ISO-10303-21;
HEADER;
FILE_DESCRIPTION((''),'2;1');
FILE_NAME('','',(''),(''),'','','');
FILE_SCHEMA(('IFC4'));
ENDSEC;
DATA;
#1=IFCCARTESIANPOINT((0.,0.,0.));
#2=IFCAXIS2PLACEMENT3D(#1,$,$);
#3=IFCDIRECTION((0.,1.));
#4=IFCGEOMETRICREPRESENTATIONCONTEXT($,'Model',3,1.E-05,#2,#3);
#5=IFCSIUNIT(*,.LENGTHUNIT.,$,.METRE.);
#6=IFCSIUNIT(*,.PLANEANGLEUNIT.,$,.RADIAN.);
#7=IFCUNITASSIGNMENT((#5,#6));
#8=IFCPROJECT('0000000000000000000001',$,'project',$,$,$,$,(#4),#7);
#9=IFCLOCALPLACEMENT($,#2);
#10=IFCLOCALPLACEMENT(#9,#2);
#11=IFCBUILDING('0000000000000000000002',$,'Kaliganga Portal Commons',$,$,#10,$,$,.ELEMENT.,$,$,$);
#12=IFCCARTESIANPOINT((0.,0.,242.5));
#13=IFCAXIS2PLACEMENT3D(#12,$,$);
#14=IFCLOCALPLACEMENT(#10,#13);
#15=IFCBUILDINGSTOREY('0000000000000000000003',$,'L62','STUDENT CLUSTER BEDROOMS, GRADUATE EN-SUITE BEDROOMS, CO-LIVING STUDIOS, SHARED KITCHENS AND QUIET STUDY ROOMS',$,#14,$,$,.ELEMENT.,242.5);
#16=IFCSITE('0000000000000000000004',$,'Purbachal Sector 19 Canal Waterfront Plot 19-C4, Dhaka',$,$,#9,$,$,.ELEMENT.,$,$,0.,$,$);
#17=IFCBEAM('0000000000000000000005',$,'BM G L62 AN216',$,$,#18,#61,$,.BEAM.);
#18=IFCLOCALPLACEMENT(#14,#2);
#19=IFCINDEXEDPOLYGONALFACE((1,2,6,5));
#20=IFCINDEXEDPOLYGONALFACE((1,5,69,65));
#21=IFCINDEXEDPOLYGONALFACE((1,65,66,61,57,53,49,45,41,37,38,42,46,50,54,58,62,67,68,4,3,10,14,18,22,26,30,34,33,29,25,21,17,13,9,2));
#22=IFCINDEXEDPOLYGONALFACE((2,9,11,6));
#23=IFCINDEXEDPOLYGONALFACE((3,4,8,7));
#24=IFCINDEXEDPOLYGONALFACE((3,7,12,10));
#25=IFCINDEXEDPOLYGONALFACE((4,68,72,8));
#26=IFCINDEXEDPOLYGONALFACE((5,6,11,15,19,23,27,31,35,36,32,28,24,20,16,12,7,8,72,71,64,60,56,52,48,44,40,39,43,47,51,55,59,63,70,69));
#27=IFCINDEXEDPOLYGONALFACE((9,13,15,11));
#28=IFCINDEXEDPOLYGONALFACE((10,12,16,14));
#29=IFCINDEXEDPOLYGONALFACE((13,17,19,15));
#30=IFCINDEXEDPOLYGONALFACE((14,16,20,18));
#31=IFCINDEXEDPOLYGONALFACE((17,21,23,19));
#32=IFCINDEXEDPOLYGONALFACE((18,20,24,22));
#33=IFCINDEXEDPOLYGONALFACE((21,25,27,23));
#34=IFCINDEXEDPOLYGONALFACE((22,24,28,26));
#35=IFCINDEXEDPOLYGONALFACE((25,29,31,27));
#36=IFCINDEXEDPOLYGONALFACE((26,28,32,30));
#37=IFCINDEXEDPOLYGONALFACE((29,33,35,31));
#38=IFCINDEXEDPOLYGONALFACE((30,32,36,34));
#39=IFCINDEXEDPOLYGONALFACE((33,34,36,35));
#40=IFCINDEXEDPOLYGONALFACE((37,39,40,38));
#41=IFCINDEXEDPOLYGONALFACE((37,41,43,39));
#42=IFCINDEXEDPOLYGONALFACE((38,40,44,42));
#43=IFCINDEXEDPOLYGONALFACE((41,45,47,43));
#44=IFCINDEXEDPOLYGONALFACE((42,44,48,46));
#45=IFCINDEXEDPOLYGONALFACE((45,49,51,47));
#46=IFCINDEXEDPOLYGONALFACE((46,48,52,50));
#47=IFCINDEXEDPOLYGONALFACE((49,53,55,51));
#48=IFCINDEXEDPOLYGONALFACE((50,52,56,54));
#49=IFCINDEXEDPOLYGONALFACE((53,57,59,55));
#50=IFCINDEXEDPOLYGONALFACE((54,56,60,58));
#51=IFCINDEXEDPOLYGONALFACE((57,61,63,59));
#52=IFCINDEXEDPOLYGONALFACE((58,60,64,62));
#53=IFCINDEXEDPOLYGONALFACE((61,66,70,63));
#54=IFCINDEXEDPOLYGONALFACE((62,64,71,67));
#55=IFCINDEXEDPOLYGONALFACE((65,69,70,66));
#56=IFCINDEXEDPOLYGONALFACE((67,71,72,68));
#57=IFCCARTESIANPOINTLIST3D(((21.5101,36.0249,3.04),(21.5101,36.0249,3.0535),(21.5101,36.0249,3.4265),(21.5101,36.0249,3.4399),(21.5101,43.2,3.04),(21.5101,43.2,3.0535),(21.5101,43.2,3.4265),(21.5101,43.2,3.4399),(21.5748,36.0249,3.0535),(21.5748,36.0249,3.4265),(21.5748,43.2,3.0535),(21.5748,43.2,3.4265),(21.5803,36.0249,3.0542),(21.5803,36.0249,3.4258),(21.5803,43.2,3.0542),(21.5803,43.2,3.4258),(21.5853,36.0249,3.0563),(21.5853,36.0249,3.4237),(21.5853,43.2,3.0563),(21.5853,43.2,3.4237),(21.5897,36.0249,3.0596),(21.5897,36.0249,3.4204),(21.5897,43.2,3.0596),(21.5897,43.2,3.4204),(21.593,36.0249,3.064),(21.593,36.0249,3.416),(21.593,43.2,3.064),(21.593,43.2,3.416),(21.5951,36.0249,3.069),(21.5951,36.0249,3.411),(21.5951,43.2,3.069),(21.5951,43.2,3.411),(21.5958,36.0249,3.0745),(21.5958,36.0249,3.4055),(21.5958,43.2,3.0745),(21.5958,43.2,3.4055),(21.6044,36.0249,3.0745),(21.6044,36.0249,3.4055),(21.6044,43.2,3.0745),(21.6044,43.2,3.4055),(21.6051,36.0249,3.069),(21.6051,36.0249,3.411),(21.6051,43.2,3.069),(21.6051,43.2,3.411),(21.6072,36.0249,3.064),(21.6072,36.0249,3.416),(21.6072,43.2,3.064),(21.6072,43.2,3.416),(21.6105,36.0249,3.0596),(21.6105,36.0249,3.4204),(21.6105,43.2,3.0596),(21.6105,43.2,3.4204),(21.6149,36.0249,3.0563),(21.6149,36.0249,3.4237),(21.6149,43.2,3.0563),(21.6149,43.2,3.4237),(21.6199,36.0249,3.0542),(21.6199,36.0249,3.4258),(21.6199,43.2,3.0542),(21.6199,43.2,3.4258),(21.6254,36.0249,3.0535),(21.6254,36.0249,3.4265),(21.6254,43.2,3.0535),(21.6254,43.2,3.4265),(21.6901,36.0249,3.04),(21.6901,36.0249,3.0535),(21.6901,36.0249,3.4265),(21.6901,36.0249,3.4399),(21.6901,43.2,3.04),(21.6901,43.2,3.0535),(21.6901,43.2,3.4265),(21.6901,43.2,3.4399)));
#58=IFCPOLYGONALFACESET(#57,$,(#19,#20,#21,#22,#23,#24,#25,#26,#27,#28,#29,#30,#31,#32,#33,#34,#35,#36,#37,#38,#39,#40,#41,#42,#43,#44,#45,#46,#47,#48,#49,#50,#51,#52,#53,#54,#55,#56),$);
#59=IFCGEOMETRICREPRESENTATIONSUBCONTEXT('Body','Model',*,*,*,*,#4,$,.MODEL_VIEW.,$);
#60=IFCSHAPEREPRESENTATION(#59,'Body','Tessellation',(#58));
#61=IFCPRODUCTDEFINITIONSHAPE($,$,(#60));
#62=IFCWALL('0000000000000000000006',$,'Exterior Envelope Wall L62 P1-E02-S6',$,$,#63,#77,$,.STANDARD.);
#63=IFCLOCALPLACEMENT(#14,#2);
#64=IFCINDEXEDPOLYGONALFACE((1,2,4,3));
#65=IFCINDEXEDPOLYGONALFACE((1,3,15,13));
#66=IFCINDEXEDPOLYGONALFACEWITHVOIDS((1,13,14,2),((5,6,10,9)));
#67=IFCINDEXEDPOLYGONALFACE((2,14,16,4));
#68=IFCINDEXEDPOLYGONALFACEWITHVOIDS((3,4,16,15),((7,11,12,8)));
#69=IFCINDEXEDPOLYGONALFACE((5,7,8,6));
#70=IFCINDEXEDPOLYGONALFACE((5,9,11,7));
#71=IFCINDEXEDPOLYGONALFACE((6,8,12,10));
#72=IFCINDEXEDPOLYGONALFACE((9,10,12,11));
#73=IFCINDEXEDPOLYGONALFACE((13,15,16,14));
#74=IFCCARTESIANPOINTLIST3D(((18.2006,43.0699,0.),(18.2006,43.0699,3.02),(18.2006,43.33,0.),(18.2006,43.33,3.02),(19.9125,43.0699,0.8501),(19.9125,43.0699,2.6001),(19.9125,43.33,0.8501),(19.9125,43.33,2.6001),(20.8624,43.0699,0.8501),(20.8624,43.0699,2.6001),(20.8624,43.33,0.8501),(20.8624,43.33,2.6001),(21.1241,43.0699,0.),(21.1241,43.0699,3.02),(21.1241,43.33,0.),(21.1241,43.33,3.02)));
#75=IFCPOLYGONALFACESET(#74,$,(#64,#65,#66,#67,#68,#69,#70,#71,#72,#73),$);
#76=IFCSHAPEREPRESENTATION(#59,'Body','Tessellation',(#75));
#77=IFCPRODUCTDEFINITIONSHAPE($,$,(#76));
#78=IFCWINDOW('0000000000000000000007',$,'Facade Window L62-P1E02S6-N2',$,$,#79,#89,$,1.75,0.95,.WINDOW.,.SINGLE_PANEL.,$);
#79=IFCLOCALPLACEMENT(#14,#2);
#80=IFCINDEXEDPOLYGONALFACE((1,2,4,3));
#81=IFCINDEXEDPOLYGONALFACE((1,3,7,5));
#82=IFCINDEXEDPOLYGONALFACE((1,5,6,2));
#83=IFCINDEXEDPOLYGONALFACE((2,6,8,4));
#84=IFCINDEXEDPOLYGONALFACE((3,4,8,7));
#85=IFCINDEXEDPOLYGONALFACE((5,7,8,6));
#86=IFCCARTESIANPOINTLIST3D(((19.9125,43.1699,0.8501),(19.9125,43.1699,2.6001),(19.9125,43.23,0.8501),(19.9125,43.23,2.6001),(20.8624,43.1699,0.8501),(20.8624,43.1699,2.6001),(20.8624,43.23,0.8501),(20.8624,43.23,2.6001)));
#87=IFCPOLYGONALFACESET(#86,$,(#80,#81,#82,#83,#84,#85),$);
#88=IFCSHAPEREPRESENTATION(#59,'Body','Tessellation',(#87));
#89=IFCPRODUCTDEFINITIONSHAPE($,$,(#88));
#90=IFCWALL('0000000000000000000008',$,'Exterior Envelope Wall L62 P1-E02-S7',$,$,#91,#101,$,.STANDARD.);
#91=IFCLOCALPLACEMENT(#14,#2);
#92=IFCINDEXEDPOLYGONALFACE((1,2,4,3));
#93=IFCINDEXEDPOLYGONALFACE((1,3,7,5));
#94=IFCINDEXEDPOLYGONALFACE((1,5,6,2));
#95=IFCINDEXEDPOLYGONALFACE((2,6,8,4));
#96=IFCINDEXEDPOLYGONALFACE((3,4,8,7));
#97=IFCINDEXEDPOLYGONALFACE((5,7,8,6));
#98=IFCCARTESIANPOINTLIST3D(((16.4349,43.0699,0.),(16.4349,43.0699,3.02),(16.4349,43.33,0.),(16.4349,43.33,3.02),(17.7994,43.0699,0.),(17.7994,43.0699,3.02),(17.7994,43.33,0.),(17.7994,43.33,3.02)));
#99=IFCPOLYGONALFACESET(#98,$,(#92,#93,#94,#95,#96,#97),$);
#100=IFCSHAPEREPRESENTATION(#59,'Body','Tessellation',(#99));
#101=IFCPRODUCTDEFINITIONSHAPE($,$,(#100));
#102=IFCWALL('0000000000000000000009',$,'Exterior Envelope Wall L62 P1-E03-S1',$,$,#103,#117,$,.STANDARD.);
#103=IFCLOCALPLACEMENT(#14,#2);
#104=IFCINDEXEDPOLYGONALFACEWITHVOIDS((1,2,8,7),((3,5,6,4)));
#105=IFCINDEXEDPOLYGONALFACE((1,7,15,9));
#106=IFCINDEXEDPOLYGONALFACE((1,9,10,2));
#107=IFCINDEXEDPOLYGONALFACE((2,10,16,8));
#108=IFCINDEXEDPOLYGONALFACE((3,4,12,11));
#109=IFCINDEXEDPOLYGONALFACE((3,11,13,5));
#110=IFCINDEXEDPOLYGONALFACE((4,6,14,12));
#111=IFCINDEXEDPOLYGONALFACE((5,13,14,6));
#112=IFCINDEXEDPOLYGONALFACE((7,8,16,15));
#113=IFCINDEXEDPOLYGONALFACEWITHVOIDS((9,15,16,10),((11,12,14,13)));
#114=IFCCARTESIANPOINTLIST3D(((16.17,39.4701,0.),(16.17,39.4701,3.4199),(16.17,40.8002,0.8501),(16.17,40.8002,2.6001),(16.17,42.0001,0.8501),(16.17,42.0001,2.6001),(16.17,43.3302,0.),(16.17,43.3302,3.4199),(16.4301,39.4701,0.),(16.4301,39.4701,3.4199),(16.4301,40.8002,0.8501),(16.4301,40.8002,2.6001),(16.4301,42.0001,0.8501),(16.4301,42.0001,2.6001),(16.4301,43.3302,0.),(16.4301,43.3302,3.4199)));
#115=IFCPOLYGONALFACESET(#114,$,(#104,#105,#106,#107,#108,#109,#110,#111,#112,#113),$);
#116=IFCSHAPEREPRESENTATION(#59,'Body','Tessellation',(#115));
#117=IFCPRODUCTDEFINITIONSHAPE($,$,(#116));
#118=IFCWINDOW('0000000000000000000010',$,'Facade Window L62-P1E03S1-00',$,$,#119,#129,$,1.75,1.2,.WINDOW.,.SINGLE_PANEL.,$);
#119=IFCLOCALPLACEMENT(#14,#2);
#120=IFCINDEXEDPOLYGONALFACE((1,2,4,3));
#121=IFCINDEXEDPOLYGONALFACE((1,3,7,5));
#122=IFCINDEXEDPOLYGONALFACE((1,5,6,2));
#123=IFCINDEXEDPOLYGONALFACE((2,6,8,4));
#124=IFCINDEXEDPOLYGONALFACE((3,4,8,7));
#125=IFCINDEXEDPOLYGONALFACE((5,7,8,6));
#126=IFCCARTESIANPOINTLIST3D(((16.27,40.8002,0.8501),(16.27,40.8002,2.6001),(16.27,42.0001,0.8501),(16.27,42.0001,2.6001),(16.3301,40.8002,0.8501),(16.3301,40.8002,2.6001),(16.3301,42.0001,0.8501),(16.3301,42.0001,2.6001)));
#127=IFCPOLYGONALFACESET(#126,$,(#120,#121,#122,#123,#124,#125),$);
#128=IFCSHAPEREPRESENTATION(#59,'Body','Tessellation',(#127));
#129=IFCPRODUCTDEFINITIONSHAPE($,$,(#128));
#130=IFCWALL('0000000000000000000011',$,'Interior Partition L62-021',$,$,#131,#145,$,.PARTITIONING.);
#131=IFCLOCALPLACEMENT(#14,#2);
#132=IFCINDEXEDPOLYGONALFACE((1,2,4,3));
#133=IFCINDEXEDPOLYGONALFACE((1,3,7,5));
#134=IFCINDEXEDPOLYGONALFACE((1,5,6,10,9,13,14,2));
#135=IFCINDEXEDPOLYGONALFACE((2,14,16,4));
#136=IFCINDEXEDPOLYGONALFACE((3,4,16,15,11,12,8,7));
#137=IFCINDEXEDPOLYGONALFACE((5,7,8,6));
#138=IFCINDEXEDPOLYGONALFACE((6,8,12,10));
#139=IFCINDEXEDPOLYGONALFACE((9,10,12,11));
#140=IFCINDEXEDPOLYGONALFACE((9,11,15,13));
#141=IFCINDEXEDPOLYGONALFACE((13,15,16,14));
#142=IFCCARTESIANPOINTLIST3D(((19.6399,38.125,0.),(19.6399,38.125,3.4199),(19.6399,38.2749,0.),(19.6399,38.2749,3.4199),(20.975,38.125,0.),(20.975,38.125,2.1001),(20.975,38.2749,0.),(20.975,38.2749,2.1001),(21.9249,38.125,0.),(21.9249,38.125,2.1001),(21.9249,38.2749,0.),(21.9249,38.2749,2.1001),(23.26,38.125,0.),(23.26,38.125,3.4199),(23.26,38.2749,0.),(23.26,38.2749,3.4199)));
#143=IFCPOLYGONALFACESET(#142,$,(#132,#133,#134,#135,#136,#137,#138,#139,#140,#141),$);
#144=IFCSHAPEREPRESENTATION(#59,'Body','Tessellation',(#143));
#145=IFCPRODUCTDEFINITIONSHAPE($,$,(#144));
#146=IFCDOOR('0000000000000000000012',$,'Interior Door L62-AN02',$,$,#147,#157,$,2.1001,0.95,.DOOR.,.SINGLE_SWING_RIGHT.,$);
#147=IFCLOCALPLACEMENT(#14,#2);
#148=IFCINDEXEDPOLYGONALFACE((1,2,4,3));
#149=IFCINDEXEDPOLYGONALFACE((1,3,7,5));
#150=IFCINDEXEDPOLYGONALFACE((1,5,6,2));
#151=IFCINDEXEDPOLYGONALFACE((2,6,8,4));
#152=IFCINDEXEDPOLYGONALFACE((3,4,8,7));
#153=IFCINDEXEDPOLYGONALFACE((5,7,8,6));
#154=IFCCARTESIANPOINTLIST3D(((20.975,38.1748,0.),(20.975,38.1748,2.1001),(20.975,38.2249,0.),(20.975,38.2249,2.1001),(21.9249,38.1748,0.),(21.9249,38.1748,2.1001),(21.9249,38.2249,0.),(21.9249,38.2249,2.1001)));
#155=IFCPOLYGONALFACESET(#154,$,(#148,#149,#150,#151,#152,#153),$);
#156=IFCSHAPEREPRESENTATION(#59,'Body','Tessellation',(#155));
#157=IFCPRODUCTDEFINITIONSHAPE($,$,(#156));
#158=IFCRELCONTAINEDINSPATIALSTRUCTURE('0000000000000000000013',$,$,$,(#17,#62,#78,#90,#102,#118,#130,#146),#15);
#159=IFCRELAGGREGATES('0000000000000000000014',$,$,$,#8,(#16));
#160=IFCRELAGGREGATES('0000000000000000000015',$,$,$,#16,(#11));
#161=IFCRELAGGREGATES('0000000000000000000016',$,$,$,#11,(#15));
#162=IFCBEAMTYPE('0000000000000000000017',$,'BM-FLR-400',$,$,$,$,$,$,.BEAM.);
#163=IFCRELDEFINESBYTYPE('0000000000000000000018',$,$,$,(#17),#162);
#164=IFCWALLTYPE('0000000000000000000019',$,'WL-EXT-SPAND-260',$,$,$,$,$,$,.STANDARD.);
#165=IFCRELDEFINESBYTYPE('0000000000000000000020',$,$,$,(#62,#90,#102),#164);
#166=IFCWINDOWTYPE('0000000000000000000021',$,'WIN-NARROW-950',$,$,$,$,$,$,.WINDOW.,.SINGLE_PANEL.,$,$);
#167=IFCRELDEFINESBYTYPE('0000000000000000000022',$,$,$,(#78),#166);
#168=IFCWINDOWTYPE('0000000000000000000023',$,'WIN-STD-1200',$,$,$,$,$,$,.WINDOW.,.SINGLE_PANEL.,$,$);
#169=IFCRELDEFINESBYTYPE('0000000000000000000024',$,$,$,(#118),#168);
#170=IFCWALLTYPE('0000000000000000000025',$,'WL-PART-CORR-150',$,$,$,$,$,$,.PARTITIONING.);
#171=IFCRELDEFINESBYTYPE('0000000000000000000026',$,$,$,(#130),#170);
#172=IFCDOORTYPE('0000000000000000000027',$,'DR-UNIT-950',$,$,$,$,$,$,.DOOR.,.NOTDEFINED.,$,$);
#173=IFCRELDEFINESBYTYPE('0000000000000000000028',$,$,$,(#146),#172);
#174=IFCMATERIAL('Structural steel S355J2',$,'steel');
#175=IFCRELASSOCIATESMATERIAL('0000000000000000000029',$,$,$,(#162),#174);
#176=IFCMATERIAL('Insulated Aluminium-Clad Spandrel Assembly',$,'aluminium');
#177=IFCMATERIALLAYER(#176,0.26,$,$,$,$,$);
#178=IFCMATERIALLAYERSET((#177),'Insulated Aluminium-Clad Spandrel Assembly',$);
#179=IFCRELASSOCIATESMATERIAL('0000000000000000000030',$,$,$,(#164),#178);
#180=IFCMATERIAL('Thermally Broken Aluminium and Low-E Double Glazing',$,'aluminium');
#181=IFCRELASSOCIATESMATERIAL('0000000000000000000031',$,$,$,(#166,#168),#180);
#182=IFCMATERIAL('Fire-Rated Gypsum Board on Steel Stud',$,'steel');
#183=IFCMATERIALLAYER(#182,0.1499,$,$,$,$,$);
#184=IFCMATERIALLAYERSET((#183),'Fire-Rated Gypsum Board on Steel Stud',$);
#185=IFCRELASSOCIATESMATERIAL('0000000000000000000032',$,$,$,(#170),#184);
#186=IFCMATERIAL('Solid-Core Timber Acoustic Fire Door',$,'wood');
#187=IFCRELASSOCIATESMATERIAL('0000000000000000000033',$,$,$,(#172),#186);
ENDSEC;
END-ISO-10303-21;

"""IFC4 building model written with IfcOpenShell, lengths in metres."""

from ifc_helpers import new_model, si_unit, direction, frame, frame_2d, origin, origin_2d, place, context, subcontext, project, spatial, rectangle, i_section, extrude, source, transform, mapped, material, layer, layer_set, material_profile, profile_set, type_object, element, fill, save


model = new_model("IFC4")

# Units and contexts
model_context = context("Model", 3, precision=1e-05, world=origin(), true_north=direction((0.0, 1.0)))
body_context = subcontext(model_context, "Body", "Model", "MODEL_VIEW")
ifc_project = project(units=[si_unit("LENGTHUNIT", "METRE"), si_unit("PLANEANGLEUNIT", "RADIAN")], contexts=[model_context])

# Site, building, storey
site_placement = place(None, origin())
site = spatial("IfcSite", under=ifc_project, at=site_placement, Name="Purbachal Sector 19 Canal Waterfront Plot 19-C4, Dhaka", CompositionType="ELEMENT", RefElevation=0.0)
building_placement = place(site_placement, origin())
building = spatial("IfcBuilding", under=site, at=building_placement, Name="Kaliganga Portal Commons", CompositionType="ELEMENT")
storey_placement = place(building_placement, frame((0.0, 0.0, 242.5)))
storey = spatial("IfcBuildingStorey", under=building, at=storey_placement, Name="L62", Description="STUDENT CLUSTER BEDROOMS, GRADUATE EN-SUITE BEDROOMS, CO-LIVING STUDIOS, SHARED KITCHENS AND QUIET STUDY ROOMS", CompositionType="ELEMENT", Elevation=242.5)

# Shared definitions
ifc_material_1 = material(Name="Structural steel S355J2", Category="steel")

# Beam
ifc_material_profile_1 = material_profile(ifc_material_1, i_section(OverallWidth=0.1799, OverallDepth=0.3999, WebThickness=0.0085, FlangeThickness=0.0134, FilletRadius=0.021, at=origin_2d()), Name="IPE 400")
ifc_profile_set_1 = profile_set([ifc_material_profile_1], Name="Structural steel S355J2 wide-flange")
beam_type_1 = type_object("IfcBeamType", Name="BM-FLR-400", PredefinedType="BEAM", material=ifc_profile_set_1)
shared_shape_1 = source(origin(), body_context, "Body", "SweptSolid", [
    extrude(i_section(OverallWidth=0.1799, OverallDepth=0.3999, WebThickness=0.0085, FlangeThickness=0.0134, FilletRadius=0.021, at=origin_2d()), origin(), (0.0, 0.0, 1.0), 7.175),
])
beam_1_placement = place(storey_placement, frame((21.6001, 36.0249, 3.24), z_axis=(0.0, 1.0, 0.0), x_axis=(-1.0, 0.0, 0.0)))
element("IfcBeam", 1, at=beam_1_placement, inside=storey, type_object=beam_type_1, Name="BM G L62 AN216", PredefinedType="BEAM", context=body_context, shape_type="MappedRepresentation", body=[
    mapped(shared_shape_1, transform((0.0, 0.0, 0.0), x_axis=(1.0, 0.0, 0.0), y_axis=(0.0, 1.0, 0.0), z_axis=(0.0, 0.0, 1.0), scale=1.0)),
])

# Wall, opening, window
ifc_material_2 = material(Name="Insulated Aluminium-Clad Spandrel Assembly", Category="aluminium")
ifc_layer_1 = layer(ifc_material_2, 0.26)
ifc_layer_set_1 = layer_set([ifc_layer_1], Name="Insulated Aluminium-Clad Spandrel Assembly")
wall_type_1 = type_object("IfcWallType", Name="WL-EXT-SPAND-260", PredefinedType="STANDARD", material=ifc_layer_set_1)
wall_1_placement = place(storey_placement, frame((18.2004, 43.2, 0.0), z_axis=(0.0, 0.0, 1.0), x_axis=(1.0, 0.0, 0.0)))
wall_1 = element("IfcWall", 2, at=wall_1_placement, inside=storey, type_object=wall_type_1, Name="Exterior Envelope Wall L62 P1-E02-S6", PredefinedType="STANDARD", context=body_context, shape_type="SweptSolid", body=[
    extrude(rectangle(XDim=2.9236, YDim=0.26, at=frame_2d((1.4619, 0.0))), origin(), (0.0, 0.0, 1.0), 3.02),
])
opening_1_placement = place(wall_1_placement, frame((1.7119, 0.0, 0.8501)))
opening_1 = element("IfcOpeningElement", 3, at=opening_1_placement, cuts=wall_1, PredefinedType="OPENING", context=body_context, shape_type="SweptSolid", body=[
    extrude(rectangle(XDim=0.95, YDim=1.75, at=frame_2d((0.4751, 0.875))), frame((0.0, 0.1401, 0.0), z_axis=(0.0, -1.0, 0.0), x_axis=(1.0, 0.0, 0.0)), (0.0, 0.0, 1.0), 0.28),
])
ifc_material_3 = material(Name="Thermally Broken Aluminium and Low-E Double Glazing", Category="aluminium")
window_type_1 = type_object("IfcWindowType", Name="WIN-NARROW-950", PartitioningType="SINGLE_PANEL", PredefinedType="WINDOW", material=ifc_material_3)
window_1_placement = place(opening_1_placement, origin())
window_1 = element("IfcWindow", 4, at=window_1_placement, inside=storey, type_object=window_type_1, Name="Facade Window L62-P1E02S6-N2", OverallHeight=1.75, OverallWidth=0.95, PartitioningType="SINGLE_PANEL", PredefinedType="WINDOW", context=body_context, shape_type="SweptSolid", body=[
    extrude(rectangle(XDim=0.95, YDim=1.75, at=frame_2d((0.4751, 0.875))), frame((0.0, 0.03, 0.0), z_axis=(0.0, -1.0, 0.0), x_axis=(1.0, 0.0, 0.0)), (0.0, 0.0, 1.0), 0.0601),
])
fill(opening_1, window_1)

# Wall
wall_2_placement = place(storey_placement, frame((16.4351, 43.2, 0.0), z_axis=(0.0, 0.0, 1.0), x_axis=(1.0, 0.0, 0.0)))
element("IfcWall", 5, at=wall_2_placement, inside=storey, type_object=wall_type_1, Name="Exterior Envelope Wall L62 P1-E02-S7", PredefinedType="STANDARD", context=body_context, shape_type="SweptSolid", body=[
    extrude(rectangle(XDim=1.3645, YDim=0.26, at=frame_2d((0.6821, 0.0))), origin(), (0.0, 0.0, 1.0), 3.02),
])

# Wall, opening, window
wall_3_placement = place(storey_placement, frame((16.3, 39.47, 0.0), z_axis=(0.0, 0.0, 1.0), x_axis=(0.0, 1.0, 0.0)))
wall_3 = element("IfcWall", 6, at=wall_3_placement, inside=storey, type_object=wall_type_1, Name="Exterior Envelope Wall L62 P1-E03-S1", PredefinedType="STANDARD", context=body_context, shape_type="SweptSolid", body=[
    extrude(rectangle(XDim=3.8601, YDim=0.26, at=frame_2d((1.9302, 0.0))), origin(), (0.0, 0.0, 1.0), 3.4199),
])
opening_2_placement = place(wall_3_placement, frame((1.3301, 0.0, 0.8501)))
opening_2 = element("IfcOpeningElement", 7, at=opening_2_placement, cuts=wall_3, PredefinedType="OPENING", context=body_context, shape_type="SweptSolid", body=[
    extrude(rectangle(XDim=1.2, YDim=1.75, at=frame_2d((0.6001, 0.875))), frame((0.0, 0.1401, 0.0), z_axis=(0.0, -1.0, 0.0), x_axis=(1.0, 0.0, 0.0)), (0.0, 0.0, 1.0), 0.28),
])
window_type_2 = type_object("IfcWindowType", Name="WIN-STD-1200", PartitioningType="SINGLE_PANEL", PredefinedType="WINDOW", material=ifc_material_3)
window_2_placement = place(opening_2_placement, origin())
window_2 = element("IfcWindow", 8, at=window_2_placement, inside=storey, type_object=window_type_2, Name="Facade Window L62-P1E03S1-00", OverallHeight=1.75, OverallWidth=1.2, PartitioningType="SINGLE_PANEL", PredefinedType="WINDOW", context=body_context, shape_type="SweptSolid", body=[
    extrude(rectangle(XDim=1.2, YDim=1.75, at=frame_2d((0.6001, 0.875))), frame((0.0, 0.03, 0.0), z_axis=(0.0, -1.0, 0.0), x_axis=(1.0, 0.0, 0.0)), (0.0, 0.0, 1.0), 0.0601),
])
fill(opening_2, window_2)

# Wall, opening, door
ifc_material_4 = material(Name="Fire-Rated Gypsum Board on Steel Stud", Category="steel")
ifc_layer_2 = layer(ifc_material_4, 0.1499)
ifc_layer_set_2 = layer_set([ifc_layer_2], Name="Fire-Rated Gypsum Board on Steel Stud")
wall_type_2 = type_object("IfcWallType", Name="WL-PART-CORR-150", PredefinedType="PARTITIONING", material=ifc_layer_set_2)
wall_4_placement = place(storey_placement, frame((19.6399, 38.2, 0.0), z_axis=(0.0, 0.0, 1.0), x_axis=(1.0, 0.0, 0.0)))
wall_4 = element("IfcWall", 9, at=wall_4_placement, inside=storey, type_object=wall_type_2, Name="Interior Partition L62-021", PredefinedType="PARTITIONING", context=body_context, shape_type="SweptSolid", body=[
    extrude(rectangle(XDim=3.6201, YDim=0.1499, at=frame_2d((1.8101, 0.0))), origin(), (0.0, 0.0, 1.0), 3.4199),
])
opening_3_placement = place(wall_4_placement, frame((1.335, 0.0, 0.0)))
opening_3 = element("IfcOpeningElement", 10, at=opening_3_placement, cuts=wall_4, PredefinedType="OPENING", context=body_context, shape_type="SweptSolid", body=[
    extrude(rectangle(XDim=0.95, YDim=2.1001, at=frame_2d((0.4751, 1.05))), frame((0.0, 0.085, 0.0), z_axis=(0.0, -1.0, 0.0), x_axis=(1.0, 0.0, 0.0)), (0.0, 0.0, 1.0), 0.1699),
])
ifc_material_5 = material(Name="Solid-Core Timber Acoustic Fire Door", Category="wood")
door_type_1 = type_object("IfcDoorType", Name="DR-UNIT-950", OperationType="NOTDEFINED", PredefinedType="DOOR", material=ifc_material_5)
door_1_placement = place(opening_3_placement, origin())
door_1 = element("IfcDoor", 11, at=door_1_placement, inside=storey, type_object=door_type_1, Name="Interior Door L62-AN02", OperationType="SINGLE_SWING_RIGHT", OverallHeight=2.1001, OverallWidth=0.95, PredefinedType="DOOR", context=body_context, shape_type="SweptSolid", body=[
    extrude(rectangle(XDim=0.95, YDim=2.1001, at=frame_2d((0.4751, 1.05))), frame((0.0, 0.0249, 0.0), z_axis=(0.0, -1.0, 0.0), x_axis=(1.0, 0.0, 0.0)), (0.0, 0.0, 1.0), 0.05),
])
fill(opening_3, door_1)

save(model, "model.ifc")
